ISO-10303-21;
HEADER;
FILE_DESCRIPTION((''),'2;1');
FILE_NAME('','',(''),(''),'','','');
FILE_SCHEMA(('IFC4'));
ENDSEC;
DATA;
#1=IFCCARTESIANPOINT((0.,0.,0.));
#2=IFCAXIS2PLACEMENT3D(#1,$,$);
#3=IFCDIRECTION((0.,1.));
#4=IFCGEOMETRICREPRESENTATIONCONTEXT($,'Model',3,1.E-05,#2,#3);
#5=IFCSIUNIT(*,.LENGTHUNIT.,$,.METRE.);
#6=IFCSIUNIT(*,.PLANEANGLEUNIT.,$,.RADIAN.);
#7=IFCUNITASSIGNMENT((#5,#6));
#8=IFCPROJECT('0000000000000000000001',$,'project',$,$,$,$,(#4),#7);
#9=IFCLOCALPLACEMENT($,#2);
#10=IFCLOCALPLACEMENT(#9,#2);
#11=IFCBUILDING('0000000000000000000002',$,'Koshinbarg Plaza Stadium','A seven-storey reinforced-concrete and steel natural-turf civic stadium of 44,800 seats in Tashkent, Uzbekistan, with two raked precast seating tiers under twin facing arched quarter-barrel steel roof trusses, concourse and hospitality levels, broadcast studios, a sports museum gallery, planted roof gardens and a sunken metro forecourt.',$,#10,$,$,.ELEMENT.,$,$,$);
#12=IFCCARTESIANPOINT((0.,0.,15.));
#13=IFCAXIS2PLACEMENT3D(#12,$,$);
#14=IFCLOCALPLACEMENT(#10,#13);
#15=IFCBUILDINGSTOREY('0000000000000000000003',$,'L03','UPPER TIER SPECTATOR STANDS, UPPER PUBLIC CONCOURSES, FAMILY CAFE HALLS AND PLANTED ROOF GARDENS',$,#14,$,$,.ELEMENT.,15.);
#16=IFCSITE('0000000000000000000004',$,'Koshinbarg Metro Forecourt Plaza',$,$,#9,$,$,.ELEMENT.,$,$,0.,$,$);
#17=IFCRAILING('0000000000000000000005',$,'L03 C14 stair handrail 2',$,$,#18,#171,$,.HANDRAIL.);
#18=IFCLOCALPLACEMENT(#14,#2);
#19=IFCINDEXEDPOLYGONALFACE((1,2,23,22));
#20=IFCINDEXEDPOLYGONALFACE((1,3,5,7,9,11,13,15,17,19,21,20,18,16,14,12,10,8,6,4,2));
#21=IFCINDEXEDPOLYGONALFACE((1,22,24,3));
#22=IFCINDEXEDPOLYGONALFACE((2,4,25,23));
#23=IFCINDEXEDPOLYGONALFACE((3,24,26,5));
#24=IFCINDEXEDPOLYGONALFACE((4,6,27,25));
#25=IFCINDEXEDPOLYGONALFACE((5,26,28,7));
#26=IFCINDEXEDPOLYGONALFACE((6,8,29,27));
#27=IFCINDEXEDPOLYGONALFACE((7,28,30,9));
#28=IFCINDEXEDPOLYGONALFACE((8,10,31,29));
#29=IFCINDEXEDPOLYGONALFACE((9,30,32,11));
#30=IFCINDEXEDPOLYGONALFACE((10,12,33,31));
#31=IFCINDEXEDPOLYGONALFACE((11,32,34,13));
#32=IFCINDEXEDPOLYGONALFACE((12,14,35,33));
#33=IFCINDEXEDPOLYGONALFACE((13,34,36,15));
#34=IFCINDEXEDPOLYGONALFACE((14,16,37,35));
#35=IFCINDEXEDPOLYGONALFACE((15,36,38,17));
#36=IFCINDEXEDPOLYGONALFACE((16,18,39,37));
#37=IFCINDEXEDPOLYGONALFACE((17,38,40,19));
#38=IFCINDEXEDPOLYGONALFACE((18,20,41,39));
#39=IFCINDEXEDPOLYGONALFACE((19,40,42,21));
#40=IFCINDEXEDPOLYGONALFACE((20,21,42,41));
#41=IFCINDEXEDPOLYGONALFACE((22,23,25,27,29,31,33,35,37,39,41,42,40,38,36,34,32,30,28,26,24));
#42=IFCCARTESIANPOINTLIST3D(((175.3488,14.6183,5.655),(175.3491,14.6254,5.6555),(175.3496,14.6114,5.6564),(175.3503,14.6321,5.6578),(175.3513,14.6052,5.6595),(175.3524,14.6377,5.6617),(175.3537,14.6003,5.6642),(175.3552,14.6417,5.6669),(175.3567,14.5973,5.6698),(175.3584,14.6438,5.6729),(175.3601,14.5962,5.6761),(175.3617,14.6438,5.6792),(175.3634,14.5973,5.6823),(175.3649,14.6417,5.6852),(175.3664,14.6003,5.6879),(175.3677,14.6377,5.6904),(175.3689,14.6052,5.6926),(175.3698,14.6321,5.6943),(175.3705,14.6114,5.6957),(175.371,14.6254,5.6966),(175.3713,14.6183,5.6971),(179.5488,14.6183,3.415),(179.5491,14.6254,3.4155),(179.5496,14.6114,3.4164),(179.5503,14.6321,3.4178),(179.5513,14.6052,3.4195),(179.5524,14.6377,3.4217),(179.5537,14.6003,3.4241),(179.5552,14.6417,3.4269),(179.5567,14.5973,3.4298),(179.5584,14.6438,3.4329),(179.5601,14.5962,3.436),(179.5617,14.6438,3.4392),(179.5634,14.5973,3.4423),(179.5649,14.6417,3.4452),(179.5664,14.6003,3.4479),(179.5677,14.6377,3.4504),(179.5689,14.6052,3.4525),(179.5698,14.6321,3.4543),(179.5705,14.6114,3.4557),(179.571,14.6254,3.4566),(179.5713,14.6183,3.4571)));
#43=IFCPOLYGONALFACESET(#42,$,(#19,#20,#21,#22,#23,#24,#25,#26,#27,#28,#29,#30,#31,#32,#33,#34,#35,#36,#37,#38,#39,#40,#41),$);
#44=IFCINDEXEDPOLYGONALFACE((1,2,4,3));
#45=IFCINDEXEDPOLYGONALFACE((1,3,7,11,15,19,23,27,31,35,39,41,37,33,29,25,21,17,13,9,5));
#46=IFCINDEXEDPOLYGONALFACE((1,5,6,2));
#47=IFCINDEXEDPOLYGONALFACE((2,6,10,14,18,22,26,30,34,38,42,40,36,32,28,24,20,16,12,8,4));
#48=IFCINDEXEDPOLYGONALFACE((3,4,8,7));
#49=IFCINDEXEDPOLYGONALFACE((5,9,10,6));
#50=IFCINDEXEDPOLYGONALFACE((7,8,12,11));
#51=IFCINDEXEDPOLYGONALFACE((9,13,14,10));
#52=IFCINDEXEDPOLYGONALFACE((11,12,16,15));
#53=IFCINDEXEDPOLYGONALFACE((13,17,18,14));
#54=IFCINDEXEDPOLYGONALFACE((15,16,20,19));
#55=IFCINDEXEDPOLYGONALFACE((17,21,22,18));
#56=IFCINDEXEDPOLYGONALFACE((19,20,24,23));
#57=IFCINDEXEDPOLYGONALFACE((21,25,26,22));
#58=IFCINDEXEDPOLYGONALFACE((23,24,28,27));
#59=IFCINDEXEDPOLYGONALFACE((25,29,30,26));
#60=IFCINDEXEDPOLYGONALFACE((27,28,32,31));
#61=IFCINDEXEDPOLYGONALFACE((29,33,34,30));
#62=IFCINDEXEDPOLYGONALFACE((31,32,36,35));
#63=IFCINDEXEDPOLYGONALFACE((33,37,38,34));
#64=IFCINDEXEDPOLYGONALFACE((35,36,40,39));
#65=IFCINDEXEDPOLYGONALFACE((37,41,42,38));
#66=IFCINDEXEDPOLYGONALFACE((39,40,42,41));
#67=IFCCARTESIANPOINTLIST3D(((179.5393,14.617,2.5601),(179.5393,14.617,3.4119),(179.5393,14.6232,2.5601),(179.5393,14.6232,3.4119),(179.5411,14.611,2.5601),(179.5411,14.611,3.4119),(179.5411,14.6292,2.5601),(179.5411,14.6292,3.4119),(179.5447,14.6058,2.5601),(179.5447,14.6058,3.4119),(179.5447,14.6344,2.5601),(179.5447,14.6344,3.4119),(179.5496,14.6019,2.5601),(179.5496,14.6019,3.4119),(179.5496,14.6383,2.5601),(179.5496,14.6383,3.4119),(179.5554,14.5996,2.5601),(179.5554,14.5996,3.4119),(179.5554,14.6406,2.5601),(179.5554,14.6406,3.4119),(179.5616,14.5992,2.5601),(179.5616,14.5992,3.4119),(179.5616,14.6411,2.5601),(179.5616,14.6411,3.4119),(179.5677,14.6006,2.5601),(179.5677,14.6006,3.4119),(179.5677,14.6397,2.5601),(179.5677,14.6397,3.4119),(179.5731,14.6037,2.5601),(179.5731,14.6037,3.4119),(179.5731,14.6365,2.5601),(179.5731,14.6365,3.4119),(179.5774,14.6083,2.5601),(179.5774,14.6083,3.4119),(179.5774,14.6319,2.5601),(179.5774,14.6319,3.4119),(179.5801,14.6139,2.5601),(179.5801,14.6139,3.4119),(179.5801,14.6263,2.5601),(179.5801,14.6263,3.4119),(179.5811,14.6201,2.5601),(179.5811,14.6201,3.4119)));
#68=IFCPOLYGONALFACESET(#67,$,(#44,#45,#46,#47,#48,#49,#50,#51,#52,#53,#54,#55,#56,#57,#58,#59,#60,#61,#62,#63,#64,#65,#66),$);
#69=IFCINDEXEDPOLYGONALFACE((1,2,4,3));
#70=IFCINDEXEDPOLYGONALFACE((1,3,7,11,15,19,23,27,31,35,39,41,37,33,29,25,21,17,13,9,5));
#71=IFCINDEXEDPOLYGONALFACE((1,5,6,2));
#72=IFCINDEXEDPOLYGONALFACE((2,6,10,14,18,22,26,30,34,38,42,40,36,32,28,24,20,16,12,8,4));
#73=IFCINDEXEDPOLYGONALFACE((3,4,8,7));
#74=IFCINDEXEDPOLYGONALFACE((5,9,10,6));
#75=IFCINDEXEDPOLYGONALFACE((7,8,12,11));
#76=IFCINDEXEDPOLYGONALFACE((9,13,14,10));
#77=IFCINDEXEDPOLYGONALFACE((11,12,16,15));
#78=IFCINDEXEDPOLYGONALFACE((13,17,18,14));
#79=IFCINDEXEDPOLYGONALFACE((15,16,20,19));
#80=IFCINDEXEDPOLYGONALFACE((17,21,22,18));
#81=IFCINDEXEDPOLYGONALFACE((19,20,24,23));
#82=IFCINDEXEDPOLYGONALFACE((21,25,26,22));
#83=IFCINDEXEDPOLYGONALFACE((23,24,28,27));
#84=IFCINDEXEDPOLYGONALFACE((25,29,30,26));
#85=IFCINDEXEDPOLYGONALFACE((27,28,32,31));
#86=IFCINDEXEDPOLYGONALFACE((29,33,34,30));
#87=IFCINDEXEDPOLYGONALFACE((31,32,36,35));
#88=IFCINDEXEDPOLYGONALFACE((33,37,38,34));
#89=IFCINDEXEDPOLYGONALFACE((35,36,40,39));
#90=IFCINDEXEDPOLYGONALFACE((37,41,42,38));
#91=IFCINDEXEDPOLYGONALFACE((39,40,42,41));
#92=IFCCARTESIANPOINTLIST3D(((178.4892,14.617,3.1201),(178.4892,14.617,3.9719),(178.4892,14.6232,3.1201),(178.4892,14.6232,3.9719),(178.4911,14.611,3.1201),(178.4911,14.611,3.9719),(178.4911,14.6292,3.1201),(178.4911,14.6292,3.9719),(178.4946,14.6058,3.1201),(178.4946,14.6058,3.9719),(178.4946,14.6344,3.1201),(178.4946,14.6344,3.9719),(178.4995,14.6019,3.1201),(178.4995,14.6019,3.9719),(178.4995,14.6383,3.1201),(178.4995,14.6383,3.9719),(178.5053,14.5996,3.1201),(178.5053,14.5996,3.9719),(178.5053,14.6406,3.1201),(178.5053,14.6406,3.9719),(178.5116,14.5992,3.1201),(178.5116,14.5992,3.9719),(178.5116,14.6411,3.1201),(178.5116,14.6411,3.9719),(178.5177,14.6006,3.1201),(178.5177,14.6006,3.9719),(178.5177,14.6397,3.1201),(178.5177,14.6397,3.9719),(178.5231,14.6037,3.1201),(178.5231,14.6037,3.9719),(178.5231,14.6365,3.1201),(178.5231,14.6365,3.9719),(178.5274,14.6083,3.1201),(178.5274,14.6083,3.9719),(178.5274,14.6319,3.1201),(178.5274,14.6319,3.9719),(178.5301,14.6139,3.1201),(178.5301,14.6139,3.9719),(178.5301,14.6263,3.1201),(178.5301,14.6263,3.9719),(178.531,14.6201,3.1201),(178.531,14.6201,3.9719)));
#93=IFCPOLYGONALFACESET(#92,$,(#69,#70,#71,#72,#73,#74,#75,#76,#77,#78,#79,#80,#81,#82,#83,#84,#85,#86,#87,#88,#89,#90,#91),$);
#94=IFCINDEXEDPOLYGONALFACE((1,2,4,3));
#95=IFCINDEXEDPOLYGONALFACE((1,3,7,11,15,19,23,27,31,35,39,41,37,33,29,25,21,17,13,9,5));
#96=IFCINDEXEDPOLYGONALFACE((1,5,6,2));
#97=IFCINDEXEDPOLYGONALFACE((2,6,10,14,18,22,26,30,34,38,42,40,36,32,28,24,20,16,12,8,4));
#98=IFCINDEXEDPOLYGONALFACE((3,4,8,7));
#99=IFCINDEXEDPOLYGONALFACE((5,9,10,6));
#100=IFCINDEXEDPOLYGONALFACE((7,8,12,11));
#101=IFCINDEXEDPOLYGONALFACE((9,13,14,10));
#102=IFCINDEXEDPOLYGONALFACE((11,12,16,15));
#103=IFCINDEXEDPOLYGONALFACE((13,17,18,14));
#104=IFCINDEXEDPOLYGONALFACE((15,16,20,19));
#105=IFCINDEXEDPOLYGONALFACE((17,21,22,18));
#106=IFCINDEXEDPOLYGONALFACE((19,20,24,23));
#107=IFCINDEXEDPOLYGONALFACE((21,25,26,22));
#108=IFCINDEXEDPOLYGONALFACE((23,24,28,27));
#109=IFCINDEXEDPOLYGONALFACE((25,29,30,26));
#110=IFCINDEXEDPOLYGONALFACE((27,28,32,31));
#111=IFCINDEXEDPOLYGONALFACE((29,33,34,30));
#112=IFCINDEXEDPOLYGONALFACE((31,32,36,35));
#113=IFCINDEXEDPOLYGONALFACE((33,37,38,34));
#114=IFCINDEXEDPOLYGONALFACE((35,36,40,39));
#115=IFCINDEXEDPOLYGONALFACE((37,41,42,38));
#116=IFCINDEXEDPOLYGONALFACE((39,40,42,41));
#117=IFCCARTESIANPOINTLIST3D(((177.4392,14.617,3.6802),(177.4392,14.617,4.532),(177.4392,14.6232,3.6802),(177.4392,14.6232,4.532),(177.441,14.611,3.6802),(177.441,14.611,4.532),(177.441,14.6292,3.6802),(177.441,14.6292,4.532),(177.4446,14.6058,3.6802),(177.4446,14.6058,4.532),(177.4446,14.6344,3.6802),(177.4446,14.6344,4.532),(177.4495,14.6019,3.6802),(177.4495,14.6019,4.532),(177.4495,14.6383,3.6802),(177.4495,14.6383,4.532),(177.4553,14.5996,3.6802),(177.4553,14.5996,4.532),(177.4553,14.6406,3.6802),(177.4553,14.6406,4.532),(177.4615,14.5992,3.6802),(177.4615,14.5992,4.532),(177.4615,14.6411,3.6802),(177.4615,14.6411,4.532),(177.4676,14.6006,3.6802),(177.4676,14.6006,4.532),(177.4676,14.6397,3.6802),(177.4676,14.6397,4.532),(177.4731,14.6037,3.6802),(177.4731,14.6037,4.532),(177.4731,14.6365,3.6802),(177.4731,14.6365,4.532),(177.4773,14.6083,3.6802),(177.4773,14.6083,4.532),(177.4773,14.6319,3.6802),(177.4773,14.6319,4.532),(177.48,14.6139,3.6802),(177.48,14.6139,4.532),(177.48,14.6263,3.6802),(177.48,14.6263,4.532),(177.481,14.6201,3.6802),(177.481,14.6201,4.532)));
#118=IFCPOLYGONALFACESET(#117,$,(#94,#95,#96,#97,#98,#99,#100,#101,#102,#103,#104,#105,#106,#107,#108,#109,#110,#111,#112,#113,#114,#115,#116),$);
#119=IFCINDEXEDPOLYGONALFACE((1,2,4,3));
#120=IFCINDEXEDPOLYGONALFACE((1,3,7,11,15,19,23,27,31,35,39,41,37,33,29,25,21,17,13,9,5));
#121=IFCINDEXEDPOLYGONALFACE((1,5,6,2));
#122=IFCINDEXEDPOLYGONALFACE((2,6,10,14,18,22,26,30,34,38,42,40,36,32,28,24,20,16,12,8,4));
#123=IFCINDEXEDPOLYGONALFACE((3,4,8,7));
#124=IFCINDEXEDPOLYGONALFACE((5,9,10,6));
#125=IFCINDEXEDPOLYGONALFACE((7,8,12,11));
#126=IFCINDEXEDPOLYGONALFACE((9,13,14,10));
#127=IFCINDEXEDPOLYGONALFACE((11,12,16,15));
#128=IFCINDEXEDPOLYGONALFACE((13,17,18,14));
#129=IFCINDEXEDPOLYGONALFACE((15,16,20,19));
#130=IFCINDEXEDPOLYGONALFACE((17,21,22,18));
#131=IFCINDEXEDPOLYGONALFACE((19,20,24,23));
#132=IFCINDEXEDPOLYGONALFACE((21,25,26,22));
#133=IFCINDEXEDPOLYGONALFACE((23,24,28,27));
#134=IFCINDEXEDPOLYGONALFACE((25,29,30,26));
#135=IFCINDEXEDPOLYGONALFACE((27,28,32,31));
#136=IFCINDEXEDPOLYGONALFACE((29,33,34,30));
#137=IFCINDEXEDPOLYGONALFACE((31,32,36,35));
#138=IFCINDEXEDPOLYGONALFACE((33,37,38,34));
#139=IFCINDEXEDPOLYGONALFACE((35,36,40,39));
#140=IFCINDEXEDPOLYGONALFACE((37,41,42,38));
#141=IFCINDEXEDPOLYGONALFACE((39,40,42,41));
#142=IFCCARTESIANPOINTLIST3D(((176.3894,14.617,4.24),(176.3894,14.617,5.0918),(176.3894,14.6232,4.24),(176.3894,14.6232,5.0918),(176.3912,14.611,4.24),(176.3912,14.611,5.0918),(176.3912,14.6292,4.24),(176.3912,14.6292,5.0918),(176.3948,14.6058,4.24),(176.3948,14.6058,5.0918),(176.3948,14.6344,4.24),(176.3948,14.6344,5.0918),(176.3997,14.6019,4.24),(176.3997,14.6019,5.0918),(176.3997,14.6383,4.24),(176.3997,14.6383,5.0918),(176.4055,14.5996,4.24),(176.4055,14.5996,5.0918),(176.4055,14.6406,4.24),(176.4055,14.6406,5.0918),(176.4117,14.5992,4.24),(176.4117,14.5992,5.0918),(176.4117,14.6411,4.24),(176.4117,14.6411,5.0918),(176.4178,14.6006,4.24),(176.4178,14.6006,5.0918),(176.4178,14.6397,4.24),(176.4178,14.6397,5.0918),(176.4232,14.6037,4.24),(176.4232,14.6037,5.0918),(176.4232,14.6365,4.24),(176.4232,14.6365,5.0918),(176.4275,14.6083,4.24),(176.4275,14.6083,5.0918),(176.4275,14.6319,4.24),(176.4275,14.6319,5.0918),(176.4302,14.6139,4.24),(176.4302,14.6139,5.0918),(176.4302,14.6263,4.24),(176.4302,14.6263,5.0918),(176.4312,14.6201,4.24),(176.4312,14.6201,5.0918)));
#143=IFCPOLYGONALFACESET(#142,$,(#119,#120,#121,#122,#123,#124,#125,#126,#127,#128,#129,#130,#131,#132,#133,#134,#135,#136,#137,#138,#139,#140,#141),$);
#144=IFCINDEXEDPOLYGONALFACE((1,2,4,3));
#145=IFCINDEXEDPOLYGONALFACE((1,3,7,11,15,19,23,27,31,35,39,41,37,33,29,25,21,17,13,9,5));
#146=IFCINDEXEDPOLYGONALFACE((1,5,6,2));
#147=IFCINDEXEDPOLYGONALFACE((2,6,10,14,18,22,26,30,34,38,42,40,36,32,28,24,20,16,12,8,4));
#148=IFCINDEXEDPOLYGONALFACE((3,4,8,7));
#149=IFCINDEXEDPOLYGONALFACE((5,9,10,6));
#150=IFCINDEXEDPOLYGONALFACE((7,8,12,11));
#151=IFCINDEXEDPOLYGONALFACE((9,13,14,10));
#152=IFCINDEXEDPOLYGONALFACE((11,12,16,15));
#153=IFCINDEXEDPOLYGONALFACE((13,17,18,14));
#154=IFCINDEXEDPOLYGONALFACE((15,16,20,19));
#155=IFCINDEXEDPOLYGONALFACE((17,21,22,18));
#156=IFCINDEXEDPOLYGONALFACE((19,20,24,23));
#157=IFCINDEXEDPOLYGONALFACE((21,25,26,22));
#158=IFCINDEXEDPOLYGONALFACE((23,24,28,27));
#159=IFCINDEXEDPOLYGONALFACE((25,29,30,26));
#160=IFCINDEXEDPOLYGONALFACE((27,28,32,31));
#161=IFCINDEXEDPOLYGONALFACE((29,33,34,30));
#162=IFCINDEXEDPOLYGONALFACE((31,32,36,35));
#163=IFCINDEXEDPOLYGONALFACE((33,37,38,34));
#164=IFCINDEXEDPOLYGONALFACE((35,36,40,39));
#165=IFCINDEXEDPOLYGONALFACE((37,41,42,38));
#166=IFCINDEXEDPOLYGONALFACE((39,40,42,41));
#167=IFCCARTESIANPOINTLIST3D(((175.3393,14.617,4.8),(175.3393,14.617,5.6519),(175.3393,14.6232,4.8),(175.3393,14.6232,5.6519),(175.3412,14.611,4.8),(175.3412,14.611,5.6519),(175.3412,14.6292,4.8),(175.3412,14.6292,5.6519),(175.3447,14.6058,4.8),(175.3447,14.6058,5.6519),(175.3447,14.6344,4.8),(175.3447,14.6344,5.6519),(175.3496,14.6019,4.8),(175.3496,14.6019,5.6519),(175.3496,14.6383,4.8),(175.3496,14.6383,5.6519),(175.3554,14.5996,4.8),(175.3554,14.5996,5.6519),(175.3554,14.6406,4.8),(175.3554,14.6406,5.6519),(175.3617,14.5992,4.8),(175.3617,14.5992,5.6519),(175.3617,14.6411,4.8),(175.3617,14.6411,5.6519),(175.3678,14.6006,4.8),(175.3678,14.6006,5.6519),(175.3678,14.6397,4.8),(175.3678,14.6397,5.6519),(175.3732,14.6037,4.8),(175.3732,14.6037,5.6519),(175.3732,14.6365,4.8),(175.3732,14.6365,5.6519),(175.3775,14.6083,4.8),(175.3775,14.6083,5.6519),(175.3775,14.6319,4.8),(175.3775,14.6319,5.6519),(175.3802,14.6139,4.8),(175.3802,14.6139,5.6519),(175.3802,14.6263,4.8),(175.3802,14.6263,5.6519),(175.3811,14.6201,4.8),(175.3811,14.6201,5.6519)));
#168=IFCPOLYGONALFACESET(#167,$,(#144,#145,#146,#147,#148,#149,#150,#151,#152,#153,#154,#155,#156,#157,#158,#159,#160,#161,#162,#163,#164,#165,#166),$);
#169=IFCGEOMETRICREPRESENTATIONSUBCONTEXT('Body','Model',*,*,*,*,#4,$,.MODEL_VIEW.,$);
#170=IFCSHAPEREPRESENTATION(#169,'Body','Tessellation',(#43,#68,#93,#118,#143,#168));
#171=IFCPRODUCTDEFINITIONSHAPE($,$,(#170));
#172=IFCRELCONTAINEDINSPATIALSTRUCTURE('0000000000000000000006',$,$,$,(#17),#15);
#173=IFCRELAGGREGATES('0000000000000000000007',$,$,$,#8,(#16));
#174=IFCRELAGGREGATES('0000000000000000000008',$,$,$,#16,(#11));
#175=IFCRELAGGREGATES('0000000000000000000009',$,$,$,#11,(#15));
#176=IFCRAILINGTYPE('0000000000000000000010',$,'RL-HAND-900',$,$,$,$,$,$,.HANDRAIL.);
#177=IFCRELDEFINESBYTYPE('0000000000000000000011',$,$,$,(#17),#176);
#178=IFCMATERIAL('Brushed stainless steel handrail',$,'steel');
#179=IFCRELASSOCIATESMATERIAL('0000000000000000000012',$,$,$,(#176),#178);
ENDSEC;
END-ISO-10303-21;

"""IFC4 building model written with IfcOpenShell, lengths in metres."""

from ifc_helpers import new_model, si_unit, direction, frame, origin, origin_2d, place, context, subcontext, project, spatial, circle, extrude, material, type_object, element, save


model = new_model("IFC4")

# Units and contexts
model_context = context("Model", 3, precision=1e-05, world=origin(), true_north=direction((0.0, 1.0)))
body_context = subcontext(model_context, "Body", "Model", "MODEL_VIEW")
ifc_project = project(units=[si_unit("LENGTHUNIT", "METRE"), si_unit("PLANEANGLEUNIT", "RADIAN")], contexts=[model_context])

# Site, building, storey
site_placement = place(None, origin())
site = spatial("IfcSite", under=ifc_project, at=site_placement, Name="Koshinbarg Metro Forecourt Plaza", CompositionType="ELEMENT", RefElevation=0.0)
building_placement = place(site_placement, origin())
building = spatial("IfcBuilding", under=site, at=building_placement, Name="Koshinbarg Plaza Stadium", Description="A seven-storey reinforced-concrete and steel natural-turf civic stadium of 44,800 seats in Tashkent, Uzbekistan, with two raked precast seating tiers under twin facing arched quarter-barrel steel roof trusses, concourse and hospitality levels, broadcast studios, a sports museum gallery, planted roof gardens and a sunken metro forecourt.", CompositionType="ELEMENT")
storey_placement = place(building_placement, frame((0.0, 0.0, 15.0)))
storey = spatial("IfcBuildingStorey", under=building, at=storey_placement, Name="L03", Description="UPPER TIER SPECTATOR STANDS, UPPER PUBLIC CONCOURSES, FAMILY CAFE HALLS AND PLANTED ROOF GARDENS", CompositionType="ELEMENT", Elevation=15.0)

# Railing
ifc_material_1 = material(Name="Brushed stainless steel handrail", Category="steel")
railing_type_1 = type_object("IfcRailingType", Name="RL-HAND-900", PredefinedType="HANDRAIL", material=ifc_material_1)
railing_1_placement = place(storey_placement, frame((179.5601, 14.6201, 2.5601)))
element("IfcRailing", 1, at=railing_1_placement, inside=storey, type_object=railing_type_1, Name="L03 C14 stair handrail 2", PredefinedType="HANDRAIL", context=body_context, shape_type="SweptSolid", body=[
    extrude(circle(Radius=0.0239, at=origin_2d()), frame((0.0, 0.0, 0.876), z_axis=(-0.882352, 0.0, 0.470591), x_axis=(0.0, -1.0, 0.0)), (0.0, 0.0, 1.0), 4.76),
    extrude(circle(Radius=0.021, at=origin_2d()), origin(), (0.0, 0.0, 1.0), 0.8518),
    extrude(circle(Radius=0.021, at=origin_2d()), frame((-1.05, 0.0, 0.5601)), (0.0, 0.0, 1.0), 0.8518),
    extrude(circle(Radius=0.021, at=origin_2d()), frame((-2.1001, 0.0, 1.1201)), (0.0, 0.0, 1.0), 0.8518),
    extrude(circle(Radius=0.021, at=origin_2d()), frame((-3.1499, 0.0, 1.6799)), (0.0, 0.0, 1.0), 0.8518),
    extrude(circle(Radius=0.021, at=origin_2d()), frame((-4.2, 0.0, 2.24)), (0.0, 0.0, 1.0), 0.8518),
])

save(model, "model.ifc")
